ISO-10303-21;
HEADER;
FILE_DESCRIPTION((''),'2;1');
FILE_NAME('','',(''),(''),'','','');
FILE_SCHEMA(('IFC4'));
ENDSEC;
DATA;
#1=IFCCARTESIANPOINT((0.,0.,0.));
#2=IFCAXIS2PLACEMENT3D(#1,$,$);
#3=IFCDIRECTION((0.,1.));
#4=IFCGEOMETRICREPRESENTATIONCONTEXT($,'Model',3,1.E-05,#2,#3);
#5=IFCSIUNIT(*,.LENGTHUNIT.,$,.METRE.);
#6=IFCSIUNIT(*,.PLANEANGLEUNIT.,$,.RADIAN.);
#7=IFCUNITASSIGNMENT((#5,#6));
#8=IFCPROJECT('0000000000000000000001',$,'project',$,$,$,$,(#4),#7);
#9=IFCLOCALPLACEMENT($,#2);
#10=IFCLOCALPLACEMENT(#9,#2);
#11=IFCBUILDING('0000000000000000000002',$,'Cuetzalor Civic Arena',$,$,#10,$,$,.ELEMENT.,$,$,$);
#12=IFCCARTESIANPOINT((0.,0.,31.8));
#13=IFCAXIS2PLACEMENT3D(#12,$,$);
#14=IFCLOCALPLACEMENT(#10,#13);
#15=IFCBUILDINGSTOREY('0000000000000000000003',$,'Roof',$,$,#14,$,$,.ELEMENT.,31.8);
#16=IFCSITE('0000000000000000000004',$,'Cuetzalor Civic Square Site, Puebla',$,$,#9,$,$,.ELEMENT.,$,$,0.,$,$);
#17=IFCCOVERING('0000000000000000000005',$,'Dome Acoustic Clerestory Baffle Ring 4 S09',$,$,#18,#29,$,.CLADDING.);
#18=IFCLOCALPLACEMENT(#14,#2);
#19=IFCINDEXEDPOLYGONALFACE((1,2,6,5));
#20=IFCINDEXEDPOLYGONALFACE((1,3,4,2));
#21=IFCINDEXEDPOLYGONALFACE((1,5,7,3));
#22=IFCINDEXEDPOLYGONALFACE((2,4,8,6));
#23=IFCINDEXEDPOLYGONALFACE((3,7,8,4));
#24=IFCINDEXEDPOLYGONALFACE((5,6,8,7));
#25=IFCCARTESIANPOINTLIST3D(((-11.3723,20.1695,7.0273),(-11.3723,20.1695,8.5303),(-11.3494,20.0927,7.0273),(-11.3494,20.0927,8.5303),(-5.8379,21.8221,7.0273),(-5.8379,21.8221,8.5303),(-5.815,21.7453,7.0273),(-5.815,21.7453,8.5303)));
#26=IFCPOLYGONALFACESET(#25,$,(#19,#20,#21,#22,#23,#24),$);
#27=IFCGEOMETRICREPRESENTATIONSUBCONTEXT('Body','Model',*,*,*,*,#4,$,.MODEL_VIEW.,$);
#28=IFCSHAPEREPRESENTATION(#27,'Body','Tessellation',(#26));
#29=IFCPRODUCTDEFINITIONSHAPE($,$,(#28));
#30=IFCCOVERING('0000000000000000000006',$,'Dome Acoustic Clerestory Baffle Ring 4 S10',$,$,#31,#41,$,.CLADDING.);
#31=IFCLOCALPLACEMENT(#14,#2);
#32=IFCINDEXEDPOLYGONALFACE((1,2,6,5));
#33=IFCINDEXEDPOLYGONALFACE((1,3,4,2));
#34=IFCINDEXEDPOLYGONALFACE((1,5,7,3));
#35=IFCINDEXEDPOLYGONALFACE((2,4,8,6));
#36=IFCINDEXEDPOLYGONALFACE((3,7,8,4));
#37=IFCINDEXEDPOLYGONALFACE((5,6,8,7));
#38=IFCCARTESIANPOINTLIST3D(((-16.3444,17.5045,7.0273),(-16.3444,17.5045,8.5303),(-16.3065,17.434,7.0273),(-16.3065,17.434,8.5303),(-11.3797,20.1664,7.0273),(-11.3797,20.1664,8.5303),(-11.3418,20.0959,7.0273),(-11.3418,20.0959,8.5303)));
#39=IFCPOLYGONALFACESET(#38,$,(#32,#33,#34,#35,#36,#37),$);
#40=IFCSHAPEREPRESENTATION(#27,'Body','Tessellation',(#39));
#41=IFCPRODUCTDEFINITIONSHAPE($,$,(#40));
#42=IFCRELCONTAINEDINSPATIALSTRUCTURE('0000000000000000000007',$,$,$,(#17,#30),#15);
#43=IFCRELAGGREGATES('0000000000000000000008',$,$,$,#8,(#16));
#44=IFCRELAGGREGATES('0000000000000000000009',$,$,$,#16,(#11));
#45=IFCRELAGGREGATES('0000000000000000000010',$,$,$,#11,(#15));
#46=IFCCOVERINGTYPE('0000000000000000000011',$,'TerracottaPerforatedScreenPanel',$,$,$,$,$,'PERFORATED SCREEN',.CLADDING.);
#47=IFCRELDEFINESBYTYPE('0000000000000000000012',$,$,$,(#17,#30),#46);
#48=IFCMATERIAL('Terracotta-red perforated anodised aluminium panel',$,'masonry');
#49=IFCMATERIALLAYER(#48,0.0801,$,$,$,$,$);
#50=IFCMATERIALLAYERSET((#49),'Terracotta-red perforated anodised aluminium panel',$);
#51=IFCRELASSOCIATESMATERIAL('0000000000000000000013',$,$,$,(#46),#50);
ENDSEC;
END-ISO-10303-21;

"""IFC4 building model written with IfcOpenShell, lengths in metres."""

from ifc_helpers import new_model, si_unit, direction, frame, frame_2d, origin, place, context, subcontext, project, spatial, rectangle, extrude, material, layer, layer_set, type_object, element, save


model = new_model("IFC4")

# Units and contexts
model_context = context("Model", 3, precision=1e-05, world=origin(), true_north=direction((0.0, 1.0)))
body_context = subcontext(model_context, "Body", "Model", "MODEL_VIEW")
ifc_project = project(units=[si_unit("LENGTHUNIT", "METRE"), si_unit("PLANEANGLEUNIT", "RADIAN")], contexts=[model_context])

# Site, building, storey
site_placement = place(None, origin())
site = spatial("IfcSite", under=ifc_project, at=site_placement, Name="Cuetzalor Civic Square Site, Puebla", CompositionType="ELEMENT", RefElevation=0.0)
building_placement = place(site_placement, origin())
building = spatial("IfcBuilding", under=site, at=building_placement, Name="Cuetzalor Civic Arena", CompositionType="ELEMENT")
storey_placement = place(building_placement, frame((0.0, 0.0, 31.8)))
storey = spatial("IfcBuildingStorey", under=building, at=storey_placement, Name="Roof", CompositionType="ELEMENT", Elevation=31.8)

# Coverings
ifc_material_1 = material(Name="Terracotta-red perforated anodised aluminium panel", Category="masonry")
ifc_layer_1 = layer(ifc_material_1, 0.0801)
ifc_layer_set_1 = layer_set([ifc_layer_1], Name="Terracotta-red perforated anodised aluminium panel")
covering_type = type_object("IfcCoveringType", Name="TerracottaPerforatedScreenPanel", ElementType="PERFORATED SCREEN", PredefinedType="CLADDING", material=ifc_layer_set_1)
covering_1_placement = place(storey_placement, frame((-11.3608, 20.1311, 7.0273), z_axis=(0.0, 0.0, 1.0), x_axis=(0.958194, 0.286118, 0.0)))
element("IfcCovering", 1, at=covering_1_placement, inside=storey, type_object=covering_type, Name="Dome Acoustic Clerestory Baffle Ring 4 S09", PredefinedType="CLADDING", context=body_context, shape_type="SweptSolid", body=[
    extrude(rectangle(XDim=5.7759, YDim=0.0801, at=frame_2d((2.8879, 0.0))), origin(), (0.0, 0.0, 1.0), 1.5029),
])
covering_2_placement = place(storey_placement, frame((-16.3254, 17.4692, 7.0273), z_axis=(0.0, 0.0, 1.0), x_axis=(0.881313, 0.472533, 0.0)))
element("IfcCovering", 2, at=covering_2_placement, inside=storey, type_object=covering_type, Name="Dome Acoustic Clerestory Baffle Ring 4 S10", PredefinedType="CLADDING", context=body_context, shape_type="SweptSolid", body=[
    extrude(rectangle(XDim=5.6333, YDim=0.0801, at=frame_2d((2.8167, 0.0))), origin(), (0.0, 0.0, 1.0), 1.5029),
])

save(model, "model.ifc")
